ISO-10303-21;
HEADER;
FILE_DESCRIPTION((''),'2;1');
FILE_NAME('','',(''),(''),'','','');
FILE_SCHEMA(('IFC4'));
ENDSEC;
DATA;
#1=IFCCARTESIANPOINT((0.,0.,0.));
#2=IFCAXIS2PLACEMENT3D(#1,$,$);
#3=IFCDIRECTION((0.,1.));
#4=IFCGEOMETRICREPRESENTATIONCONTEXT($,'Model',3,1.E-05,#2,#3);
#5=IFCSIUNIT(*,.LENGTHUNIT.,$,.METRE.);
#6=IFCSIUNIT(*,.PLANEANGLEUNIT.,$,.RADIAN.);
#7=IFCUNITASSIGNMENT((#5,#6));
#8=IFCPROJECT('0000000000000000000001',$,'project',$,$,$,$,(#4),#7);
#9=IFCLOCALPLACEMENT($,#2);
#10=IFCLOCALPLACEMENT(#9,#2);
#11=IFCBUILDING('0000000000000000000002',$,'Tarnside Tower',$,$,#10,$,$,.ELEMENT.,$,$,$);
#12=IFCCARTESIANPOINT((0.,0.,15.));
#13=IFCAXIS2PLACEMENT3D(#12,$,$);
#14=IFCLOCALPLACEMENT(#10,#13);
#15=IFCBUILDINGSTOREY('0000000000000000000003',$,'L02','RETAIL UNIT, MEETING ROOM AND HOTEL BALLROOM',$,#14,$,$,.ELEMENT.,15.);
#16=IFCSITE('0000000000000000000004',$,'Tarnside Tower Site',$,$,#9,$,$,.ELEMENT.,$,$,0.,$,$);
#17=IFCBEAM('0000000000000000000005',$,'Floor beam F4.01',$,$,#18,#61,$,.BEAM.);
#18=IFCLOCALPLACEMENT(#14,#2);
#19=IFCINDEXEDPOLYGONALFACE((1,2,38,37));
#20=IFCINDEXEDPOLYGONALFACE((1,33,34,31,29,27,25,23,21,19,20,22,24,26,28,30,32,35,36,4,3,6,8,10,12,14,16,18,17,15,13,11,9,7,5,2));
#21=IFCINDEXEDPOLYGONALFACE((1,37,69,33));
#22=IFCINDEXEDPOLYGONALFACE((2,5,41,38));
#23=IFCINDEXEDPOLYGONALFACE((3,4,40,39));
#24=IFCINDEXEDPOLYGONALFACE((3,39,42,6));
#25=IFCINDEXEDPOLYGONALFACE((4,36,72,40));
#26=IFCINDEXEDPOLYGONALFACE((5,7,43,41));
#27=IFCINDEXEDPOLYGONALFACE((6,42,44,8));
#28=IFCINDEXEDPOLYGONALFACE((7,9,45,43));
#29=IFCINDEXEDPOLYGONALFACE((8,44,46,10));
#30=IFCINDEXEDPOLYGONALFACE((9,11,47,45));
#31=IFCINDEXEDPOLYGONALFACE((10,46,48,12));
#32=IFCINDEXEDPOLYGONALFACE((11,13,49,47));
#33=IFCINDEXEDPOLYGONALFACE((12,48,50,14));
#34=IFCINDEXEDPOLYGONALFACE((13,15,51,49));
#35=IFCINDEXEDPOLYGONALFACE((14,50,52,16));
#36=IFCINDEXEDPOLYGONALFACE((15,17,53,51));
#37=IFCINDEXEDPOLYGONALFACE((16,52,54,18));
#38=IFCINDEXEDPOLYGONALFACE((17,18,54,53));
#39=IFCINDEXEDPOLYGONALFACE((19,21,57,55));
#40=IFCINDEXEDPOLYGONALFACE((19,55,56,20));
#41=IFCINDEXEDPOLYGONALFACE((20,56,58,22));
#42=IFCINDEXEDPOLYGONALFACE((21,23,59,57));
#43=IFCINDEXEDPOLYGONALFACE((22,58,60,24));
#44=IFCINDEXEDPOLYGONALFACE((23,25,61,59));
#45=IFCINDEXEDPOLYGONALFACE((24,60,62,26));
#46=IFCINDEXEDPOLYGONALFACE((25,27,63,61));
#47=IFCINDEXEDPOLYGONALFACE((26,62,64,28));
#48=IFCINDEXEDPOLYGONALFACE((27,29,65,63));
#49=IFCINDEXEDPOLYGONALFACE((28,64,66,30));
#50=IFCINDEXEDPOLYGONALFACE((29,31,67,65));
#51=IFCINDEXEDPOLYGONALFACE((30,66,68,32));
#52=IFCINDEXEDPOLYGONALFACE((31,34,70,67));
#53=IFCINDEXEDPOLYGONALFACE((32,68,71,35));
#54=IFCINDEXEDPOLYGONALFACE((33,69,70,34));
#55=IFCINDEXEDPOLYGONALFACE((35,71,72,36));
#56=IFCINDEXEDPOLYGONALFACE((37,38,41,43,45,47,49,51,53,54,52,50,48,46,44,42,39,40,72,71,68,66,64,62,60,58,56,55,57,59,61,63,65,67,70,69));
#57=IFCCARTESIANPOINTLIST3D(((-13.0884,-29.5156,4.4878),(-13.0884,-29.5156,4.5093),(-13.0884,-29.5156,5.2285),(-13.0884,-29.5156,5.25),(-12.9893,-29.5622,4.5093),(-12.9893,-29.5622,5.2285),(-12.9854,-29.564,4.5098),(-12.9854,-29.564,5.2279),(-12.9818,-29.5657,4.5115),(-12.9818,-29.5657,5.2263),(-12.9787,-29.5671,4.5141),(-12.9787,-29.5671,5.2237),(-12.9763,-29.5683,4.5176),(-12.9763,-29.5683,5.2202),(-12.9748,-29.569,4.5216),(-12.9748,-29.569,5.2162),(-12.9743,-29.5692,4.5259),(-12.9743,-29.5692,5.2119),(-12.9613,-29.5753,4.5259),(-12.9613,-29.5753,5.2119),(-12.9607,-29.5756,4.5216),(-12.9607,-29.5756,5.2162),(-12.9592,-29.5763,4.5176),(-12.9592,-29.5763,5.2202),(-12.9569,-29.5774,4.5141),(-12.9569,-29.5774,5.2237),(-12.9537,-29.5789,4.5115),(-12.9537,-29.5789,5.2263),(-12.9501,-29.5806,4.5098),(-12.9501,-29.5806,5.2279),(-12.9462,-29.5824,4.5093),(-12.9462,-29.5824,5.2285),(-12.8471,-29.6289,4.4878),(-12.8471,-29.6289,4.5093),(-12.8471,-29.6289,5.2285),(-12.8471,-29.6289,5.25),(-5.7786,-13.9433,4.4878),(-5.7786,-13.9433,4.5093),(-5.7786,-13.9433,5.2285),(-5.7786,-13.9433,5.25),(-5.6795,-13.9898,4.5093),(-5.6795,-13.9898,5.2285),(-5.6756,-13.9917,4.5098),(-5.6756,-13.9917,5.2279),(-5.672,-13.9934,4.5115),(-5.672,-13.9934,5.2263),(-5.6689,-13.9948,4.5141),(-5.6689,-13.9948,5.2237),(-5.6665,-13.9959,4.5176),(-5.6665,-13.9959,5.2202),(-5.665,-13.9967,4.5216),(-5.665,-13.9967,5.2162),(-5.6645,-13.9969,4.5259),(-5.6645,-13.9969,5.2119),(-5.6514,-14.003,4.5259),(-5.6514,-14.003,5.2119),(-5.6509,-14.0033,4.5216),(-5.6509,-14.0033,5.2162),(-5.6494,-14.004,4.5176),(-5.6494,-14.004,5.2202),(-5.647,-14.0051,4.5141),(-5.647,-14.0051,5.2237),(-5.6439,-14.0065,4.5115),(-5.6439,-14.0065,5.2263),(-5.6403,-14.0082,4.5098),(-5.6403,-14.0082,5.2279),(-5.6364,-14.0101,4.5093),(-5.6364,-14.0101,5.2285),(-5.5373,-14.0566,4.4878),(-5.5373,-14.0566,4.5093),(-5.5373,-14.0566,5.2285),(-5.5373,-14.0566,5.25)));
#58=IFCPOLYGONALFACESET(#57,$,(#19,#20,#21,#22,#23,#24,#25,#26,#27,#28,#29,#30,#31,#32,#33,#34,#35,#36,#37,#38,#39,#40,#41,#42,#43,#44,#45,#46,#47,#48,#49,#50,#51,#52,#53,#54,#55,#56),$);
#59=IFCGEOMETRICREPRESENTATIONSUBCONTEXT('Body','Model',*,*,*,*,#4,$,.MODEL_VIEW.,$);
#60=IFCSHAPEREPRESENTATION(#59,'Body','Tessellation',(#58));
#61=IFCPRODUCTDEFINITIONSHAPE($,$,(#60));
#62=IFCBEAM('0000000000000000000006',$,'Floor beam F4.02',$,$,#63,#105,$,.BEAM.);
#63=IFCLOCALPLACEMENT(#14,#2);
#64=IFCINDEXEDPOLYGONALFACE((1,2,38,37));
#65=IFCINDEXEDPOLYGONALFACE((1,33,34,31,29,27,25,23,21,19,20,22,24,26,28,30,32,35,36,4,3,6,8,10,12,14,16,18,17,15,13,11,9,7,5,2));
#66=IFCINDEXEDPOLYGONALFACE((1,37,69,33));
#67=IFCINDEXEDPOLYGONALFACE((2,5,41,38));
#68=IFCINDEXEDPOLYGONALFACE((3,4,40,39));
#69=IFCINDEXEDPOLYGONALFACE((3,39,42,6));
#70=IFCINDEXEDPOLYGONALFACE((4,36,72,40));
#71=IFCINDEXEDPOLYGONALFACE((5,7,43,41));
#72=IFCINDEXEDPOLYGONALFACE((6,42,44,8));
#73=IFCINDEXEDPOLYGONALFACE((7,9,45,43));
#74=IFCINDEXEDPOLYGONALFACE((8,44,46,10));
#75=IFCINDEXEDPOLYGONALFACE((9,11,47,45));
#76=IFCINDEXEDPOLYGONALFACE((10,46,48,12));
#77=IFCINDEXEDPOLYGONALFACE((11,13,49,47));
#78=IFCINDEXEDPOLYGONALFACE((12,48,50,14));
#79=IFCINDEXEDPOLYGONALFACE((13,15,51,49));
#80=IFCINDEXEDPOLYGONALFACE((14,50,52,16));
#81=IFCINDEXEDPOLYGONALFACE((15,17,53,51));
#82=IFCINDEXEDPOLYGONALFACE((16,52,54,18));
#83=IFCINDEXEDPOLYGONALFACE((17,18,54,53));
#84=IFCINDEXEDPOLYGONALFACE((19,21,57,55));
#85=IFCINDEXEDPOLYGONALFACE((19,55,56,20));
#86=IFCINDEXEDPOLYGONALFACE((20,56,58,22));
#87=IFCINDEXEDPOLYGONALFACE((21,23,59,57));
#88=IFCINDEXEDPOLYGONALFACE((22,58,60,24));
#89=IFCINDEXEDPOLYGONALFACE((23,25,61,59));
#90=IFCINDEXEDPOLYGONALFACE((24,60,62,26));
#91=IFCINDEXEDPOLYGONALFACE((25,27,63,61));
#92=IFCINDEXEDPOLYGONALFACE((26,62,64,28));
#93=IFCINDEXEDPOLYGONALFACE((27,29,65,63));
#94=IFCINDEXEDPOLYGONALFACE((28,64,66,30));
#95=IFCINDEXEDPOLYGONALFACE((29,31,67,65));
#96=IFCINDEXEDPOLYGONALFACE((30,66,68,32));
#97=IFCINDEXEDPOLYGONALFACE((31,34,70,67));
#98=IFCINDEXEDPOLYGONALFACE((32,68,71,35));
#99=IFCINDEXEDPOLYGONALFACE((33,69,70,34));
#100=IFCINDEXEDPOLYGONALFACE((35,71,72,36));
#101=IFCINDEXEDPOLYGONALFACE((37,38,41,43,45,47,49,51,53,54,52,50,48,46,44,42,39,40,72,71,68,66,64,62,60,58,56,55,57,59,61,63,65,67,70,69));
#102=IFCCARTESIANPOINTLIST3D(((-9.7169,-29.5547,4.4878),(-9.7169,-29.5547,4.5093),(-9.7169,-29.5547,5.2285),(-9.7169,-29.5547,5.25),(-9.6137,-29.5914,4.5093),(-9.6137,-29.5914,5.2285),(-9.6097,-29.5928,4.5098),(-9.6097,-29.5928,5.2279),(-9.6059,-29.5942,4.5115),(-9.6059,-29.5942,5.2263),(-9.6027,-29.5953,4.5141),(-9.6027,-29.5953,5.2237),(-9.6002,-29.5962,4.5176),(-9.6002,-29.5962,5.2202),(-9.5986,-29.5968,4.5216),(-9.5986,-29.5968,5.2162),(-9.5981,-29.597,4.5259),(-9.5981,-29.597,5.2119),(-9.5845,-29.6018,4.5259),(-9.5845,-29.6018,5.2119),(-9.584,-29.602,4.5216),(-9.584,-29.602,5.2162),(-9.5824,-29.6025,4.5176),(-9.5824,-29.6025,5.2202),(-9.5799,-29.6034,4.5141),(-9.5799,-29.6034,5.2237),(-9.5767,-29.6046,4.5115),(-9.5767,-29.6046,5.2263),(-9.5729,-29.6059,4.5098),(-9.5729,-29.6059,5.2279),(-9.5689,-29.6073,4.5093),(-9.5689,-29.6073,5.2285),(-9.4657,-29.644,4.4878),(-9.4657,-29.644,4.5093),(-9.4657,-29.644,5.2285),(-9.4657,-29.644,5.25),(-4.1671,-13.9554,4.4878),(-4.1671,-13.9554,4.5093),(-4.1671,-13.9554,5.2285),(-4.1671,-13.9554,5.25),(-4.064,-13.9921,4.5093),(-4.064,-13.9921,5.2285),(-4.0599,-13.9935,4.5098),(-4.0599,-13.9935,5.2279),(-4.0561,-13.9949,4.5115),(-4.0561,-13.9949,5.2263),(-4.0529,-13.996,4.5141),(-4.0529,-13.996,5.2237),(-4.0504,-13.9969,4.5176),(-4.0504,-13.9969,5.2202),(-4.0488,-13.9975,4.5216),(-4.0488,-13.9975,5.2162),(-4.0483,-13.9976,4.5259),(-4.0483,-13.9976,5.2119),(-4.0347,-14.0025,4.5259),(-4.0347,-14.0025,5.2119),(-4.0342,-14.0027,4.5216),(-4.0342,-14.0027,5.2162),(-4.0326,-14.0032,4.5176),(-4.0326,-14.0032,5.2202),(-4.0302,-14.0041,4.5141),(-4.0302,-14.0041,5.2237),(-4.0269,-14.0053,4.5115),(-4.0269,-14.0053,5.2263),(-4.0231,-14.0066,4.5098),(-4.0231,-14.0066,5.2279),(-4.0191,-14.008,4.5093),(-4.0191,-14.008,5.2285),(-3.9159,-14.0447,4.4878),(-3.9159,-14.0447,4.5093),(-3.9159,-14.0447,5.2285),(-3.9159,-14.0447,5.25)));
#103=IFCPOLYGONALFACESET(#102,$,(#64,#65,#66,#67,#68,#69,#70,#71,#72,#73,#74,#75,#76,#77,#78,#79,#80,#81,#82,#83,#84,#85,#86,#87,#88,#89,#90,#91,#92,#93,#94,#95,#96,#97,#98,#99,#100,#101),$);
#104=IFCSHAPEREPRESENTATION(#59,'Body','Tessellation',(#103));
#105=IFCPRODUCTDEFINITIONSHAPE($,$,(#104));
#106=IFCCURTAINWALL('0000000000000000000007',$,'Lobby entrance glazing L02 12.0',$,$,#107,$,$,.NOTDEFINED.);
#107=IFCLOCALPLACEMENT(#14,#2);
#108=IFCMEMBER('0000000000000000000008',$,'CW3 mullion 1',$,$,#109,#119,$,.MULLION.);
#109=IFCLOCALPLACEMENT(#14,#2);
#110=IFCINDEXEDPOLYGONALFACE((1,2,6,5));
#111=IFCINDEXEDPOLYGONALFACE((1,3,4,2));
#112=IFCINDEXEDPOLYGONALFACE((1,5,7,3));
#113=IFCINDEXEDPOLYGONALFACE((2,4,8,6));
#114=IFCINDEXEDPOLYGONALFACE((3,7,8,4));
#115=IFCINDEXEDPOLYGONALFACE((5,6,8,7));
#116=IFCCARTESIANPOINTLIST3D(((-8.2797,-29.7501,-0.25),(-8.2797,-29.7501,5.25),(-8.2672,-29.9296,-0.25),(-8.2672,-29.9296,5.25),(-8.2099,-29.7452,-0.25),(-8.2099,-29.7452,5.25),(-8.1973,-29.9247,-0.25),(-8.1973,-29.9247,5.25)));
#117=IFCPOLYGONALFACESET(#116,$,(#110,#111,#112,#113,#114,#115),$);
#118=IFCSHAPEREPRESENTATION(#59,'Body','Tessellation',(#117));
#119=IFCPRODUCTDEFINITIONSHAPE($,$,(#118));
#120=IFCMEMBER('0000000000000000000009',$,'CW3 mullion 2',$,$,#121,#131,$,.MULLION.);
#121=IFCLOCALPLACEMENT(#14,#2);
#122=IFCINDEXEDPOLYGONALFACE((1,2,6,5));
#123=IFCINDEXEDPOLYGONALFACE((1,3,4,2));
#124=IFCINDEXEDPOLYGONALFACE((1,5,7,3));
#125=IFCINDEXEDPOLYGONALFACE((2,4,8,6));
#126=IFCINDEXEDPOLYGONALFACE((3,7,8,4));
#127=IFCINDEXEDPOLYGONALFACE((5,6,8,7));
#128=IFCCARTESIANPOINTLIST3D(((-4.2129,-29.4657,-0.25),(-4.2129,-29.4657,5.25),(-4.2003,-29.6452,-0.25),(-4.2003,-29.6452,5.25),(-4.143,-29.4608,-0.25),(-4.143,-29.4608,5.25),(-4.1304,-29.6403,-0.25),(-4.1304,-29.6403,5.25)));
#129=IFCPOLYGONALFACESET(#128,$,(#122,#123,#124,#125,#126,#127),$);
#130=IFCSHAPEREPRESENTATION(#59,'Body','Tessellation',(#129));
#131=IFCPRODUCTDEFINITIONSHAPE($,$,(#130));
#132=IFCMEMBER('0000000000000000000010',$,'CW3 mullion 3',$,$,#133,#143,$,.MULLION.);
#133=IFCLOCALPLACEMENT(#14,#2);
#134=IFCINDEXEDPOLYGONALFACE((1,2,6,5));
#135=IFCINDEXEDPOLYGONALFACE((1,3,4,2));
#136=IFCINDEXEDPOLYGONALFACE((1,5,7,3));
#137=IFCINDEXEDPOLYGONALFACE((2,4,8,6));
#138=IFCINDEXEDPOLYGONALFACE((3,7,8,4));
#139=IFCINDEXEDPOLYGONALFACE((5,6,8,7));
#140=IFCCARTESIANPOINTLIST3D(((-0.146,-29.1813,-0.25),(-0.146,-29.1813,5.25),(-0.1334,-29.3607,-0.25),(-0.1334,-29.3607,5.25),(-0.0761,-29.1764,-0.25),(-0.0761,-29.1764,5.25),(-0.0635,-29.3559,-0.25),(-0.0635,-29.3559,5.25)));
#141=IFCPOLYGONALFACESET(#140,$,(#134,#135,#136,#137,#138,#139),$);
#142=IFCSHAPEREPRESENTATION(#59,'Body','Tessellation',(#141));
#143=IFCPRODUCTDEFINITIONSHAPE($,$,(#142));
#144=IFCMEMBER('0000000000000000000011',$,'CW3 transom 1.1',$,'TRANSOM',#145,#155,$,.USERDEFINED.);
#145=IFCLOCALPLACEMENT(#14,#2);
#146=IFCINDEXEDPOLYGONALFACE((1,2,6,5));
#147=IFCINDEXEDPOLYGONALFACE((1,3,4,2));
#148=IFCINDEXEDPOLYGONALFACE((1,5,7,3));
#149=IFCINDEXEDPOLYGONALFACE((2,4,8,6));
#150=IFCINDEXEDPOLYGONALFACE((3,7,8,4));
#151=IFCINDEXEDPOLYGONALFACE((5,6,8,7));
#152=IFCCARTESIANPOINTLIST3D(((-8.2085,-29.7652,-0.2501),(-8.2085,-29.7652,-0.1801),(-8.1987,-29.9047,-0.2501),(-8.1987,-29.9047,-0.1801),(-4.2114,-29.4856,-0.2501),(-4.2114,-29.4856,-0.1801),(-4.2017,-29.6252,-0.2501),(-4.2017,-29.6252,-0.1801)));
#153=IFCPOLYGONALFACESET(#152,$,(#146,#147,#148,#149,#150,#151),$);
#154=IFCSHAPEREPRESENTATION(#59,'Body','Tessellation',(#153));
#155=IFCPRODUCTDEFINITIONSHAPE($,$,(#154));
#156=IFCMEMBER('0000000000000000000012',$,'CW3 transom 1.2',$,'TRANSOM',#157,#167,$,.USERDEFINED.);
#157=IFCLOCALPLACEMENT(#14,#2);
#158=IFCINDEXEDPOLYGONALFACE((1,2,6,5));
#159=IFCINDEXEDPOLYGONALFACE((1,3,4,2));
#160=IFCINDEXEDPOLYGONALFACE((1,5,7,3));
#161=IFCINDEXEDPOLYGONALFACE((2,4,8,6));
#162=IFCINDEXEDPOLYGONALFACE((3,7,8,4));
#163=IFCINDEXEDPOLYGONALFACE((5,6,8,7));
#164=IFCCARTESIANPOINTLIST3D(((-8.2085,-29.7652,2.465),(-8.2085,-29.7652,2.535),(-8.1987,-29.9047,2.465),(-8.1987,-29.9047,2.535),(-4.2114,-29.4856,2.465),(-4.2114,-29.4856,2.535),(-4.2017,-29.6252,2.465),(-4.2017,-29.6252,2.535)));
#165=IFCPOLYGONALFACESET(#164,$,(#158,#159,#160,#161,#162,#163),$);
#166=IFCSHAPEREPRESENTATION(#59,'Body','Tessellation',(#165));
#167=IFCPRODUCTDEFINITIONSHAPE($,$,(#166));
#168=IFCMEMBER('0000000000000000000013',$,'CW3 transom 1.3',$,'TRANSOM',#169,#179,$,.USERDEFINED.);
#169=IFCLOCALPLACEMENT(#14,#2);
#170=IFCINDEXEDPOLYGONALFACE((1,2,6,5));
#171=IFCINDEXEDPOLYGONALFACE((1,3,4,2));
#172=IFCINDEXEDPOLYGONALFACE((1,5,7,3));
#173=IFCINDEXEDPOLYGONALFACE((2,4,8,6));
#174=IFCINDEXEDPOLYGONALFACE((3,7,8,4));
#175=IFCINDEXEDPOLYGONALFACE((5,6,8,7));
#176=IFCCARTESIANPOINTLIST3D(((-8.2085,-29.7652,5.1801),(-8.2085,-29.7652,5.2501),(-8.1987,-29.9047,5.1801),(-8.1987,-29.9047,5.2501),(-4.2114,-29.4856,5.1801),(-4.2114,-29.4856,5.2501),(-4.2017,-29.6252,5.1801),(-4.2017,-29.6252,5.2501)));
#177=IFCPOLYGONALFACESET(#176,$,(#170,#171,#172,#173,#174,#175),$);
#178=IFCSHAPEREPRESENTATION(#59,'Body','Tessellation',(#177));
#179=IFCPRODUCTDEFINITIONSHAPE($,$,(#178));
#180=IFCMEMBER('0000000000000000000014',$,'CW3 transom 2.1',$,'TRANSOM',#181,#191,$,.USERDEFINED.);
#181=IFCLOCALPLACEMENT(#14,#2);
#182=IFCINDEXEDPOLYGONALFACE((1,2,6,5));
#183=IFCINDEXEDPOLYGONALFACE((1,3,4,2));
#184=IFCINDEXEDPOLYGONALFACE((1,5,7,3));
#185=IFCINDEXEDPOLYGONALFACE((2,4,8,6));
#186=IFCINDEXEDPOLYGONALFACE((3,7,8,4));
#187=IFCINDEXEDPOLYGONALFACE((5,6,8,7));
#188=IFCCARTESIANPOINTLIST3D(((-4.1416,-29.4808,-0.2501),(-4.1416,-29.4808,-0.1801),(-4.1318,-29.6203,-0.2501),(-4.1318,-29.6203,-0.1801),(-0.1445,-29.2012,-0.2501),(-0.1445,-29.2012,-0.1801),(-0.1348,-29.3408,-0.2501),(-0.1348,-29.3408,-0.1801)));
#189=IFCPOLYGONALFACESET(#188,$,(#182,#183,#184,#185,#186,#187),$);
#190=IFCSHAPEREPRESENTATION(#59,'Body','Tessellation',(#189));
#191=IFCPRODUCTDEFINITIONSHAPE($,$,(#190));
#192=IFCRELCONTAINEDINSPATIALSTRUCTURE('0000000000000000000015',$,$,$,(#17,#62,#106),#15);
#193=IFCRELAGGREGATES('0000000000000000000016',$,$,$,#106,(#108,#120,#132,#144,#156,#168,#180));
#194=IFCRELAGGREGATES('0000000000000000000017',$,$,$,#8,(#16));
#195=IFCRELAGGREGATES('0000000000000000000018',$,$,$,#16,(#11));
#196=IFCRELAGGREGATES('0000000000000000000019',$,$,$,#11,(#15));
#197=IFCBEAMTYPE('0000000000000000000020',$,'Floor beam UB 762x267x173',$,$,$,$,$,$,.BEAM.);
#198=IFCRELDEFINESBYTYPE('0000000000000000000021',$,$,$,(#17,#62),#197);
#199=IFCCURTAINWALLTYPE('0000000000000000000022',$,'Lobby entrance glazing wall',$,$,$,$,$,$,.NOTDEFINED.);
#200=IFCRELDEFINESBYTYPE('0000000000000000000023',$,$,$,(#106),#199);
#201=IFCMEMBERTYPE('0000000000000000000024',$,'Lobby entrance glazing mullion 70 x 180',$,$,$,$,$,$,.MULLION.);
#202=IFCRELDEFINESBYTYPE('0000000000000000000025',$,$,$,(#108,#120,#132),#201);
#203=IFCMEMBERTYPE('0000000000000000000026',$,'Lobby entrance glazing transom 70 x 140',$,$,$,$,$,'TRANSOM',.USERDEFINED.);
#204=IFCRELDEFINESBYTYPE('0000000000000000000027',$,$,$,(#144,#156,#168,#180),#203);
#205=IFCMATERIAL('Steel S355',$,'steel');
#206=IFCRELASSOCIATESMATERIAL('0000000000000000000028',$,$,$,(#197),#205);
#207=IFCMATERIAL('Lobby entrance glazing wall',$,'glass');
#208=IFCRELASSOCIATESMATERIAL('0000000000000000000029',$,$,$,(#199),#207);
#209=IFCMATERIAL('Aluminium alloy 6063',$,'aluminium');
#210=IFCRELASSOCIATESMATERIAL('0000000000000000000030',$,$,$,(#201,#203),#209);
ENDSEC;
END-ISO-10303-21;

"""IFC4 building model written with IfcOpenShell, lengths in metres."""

from ifc_helpers import new_model, si_unit, direction, frame, origin, origin_2d, place, context, subcontext, project, spatial, rectangle, i_section, extrude, material, material_profile, profile_set, type_object, element, aggregate, save


model = new_model("IFC4")

# Units and contexts
model_context = context("Model", 3, precision=1e-05, world=origin(), true_north=direction((0.0, 1.0)))
body_context = subcontext(model_context, "Body", "Model", "MODEL_VIEW")
ifc_project = project(units=[si_unit("LENGTHUNIT", "METRE"), si_unit("PLANEANGLEUNIT", "RADIAN")], contexts=[model_context])

# Site, building, storey
site_placement = place(None, origin())
site = spatial("IfcSite", under=ifc_project, at=site_placement, Name="Tarnside Tower Site", CompositionType="ELEMENT", RefElevation=0.0)
building_placement = place(site_placement, origin())
building = spatial("IfcBuilding", under=site, at=building_placement, Name="Tarnside Tower", CompositionType="ELEMENT")
storey_placement = place(building_placement, frame((0.0, 0.0, 15.0)))
storey = spatial("IfcBuildingStorey", under=building, at=storey_placement, Name="L02", Description="RETAIL UNIT, MEETING ROOM AND HOTEL BALLROOM", CompositionType="ELEMENT", Elevation=15.0)

# Beams
ifc_material_1 = material(Name="Steel S355", Category="steel")
ifc_material_profile_1 = material_profile(ifc_material_1, i_section(OverallWidth=0.2666, OverallDepth=0.7622, WebThickness=0.0144, FlangeThickness=0.0215, FilletRadius=0.0166, at=origin_2d()), Name="UB 762x267x173")
ifc_profile_set_1 = profile_set([ifc_material_profile_1], Name="Steel S355")
beam_type_1 = type_object("IfcBeamType", Name="Floor beam UB 762x267x173", PredefinedType="BEAM", material=ifc_profile_set_1)
beam_1_placement = place(storey_placement, frame((-12.9678, -29.5723, 4.8689), z_axis=(0.424925, 0.905228, 0.0), x_axis=(-0.905228, 0.424925, 0.0)))
element("IfcBeam", 1, at=beam_1_placement, inside=storey, type_object=beam_type_1, Name="Floor beam F4.01", PredefinedType="BEAM", context=body_context, shape_type="SweptSolid", body=[
    extrude(i_section(OverallWidth=0.2666, OverallDepth=0.7622, WebThickness=0.0144, FlangeThickness=0.0215, FilletRadius=0.0166, at=origin_2d()), origin(), (0.0, 0.0, 1.0), 17.2026),
])
beam_2_placement = place(storey_placement, frame((-9.5913, -29.5994, 4.8689), z_axis=(0.33519, 0.942151, 0.0), x_axis=(-0.942151, 0.33519, 0.0)))
element("IfcBeam", 2, at=beam_2_placement, inside=storey, type_object=beam_type_1, Name="Floor beam F4.02", PredefinedType="BEAM", context=body_context, shape_type="SweptSolid", body=[
    extrude(i_section(OverallWidth=0.2666, OverallDepth=0.7622, WebThickness=0.0144, FlangeThickness=0.0215, FilletRadius=0.0166, at=origin_2d()), origin(), (0.0, 0.0, 1.0), 16.5571),
])

# Curtain wall, members
ifc_material_2 = material(Name="Lobby entrance glazing wall", Category="glass")
curtain_wall_type_1 = type_object("IfcCurtainWallType", Name="Lobby entrance glazing wall", PredefinedType="NOTDEFINED", material=ifc_material_2)
curtain_wall_1_placement = place(storey_placement, origin())
curtain_wall_1 = element("IfcCurtainWall", 3, at=curtain_wall_1_placement, inside=storey, type_object=curtain_wall_type_1, Name="Lobby entrance glazing L02 12.0", PredefinedType="NOTDEFINED")
ifc_material_3 = material(Name="Aluminium alloy 6063", Category="aluminium")
ifc_material_profile_2 = material_profile(ifc_material_3, rectangle(XDim=0.1799, YDim=0.0701, at=origin_2d()), Name="Lobby entrance glazing mullion 70 x 180")
ifc_profile_set_2 = profile_set([ifc_material_profile_2], Name="Aluminium alloy 6063")
member_type_1 = type_object("IfcMemberType", Name="Lobby entrance glazing mullion 70 x 180", PredefinedType="MULLION", material=ifc_profile_set_2)
member_1_placement = place(storey_placement, frame((-8.2385, -29.8374, -0.25), z_axis=(0.0, 0.0, 1.0), x_axis=(-0.069756, 0.997564, 0.0)))
member_1 = element("IfcMember", 4, at=member_1_placement, type_object=member_type_1, Name="CW3 mullion 1", PredefinedType="MULLION", context=body_context, shape_type="SweptSolid", body=[
    extrude(rectangle(XDim=0.1799, YDim=0.0701, at=origin_2d()), origin(), (0.0, 0.0, 1.0), 5.5),
])
member_2_placement = place(storey_placement, frame((-4.1716, -29.553, -0.25), z_axis=(0.0, 0.0, 1.0), x_axis=(-0.069756, 0.997564, 0.0)))
member_2 = element("IfcMember", 5, at=member_2_placement, type_object=member_type_1, Name="CW3 mullion 2", PredefinedType="MULLION", context=body_context, shape_type="SweptSolid", body=[
    extrude(rectangle(XDim=0.1799, YDim=0.0701, at=origin_2d()), origin(), (0.0, 0.0, 1.0), 5.5),
])
member_3_placement = place(storey_placement, frame((-0.1047, -29.2686, -0.25), z_axis=(0.0, 0.0, 1.0), x_axis=(-0.069756, 0.997564, 0.0)))
member_3 = element("IfcMember", 6, at=member_3_placement, type_object=member_type_1, Name="CW3 mullion 3", PredefinedType="MULLION", context=body_context, shape_type="SweptSolid", body=[
    extrude(rectangle(XDim=0.1799, YDim=0.0701, at=origin_2d()), origin(), (0.0, 0.0, 1.0), 5.5),
])
ifc_material_profile_3 = material_profile(ifc_material_3, rectangle(XDim=0.1399, YDim=0.0701, at=origin_2d()), Name="Lobby entrance glazing transom 70 x 140")
ifc_profile_set_3 = profile_set([ifc_material_profile_3], Name="Aluminium alloy 6063")
member_type_2 = type_object("IfcMemberType", Name="Lobby entrance glazing transom 70 x 140", ElementType="TRANSOM", PredefinedType="USERDEFINED", material=ifc_profile_set_3)
member_4_placement = place(storey_placement, frame((-8.2036, -29.835, -0.2151), z_axis=(0.997563, 0.069766, 0.0), x_axis=(-0.069766, 0.997563, 0.0)))
member_4 = element("IfcMember", 7, at=member_4_placement, type_object=member_type_2, Name="CW3 transom 1.1", ObjectType="TRANSOM", PredefinedType="USERDEFINED", context=body_context, shape_type="SweptSolid", body=[
    extrude(rectangle(XDim=0.1399, YDim=0.0701, at=origin_2d()), origin(), (0.0, 0.0, 1.0), 4.0068),
])
member_5_placement = place(storey_placement, frame((-8.2036, -29.835, 2.5), z_axis=(0.997563, 0.069766, 0.0), x_axis=(-0.069766, 0.997563, 0.0)))
member_5 = element("IfcMember", 8, at=member_5_placement, type_object=member_type_2, Name="CW3 transom 1.2", ObjectType="TRANSOM", PredefinedType="USERDEFINED", context=body_context, shape_type="SweptSolid", body=[
    extrude(rectangle(XDim=0.1399, YDim=0.0701, at=origin_2d()), origin(), (0.0, 0.0, 1.0), 4.0068),
])
member_6_placement = place(storey_placement, frame((-8.2036, -29.835, 5.2151), z_axis=(0.997563, 0.069766, 0.0), x_axis=(-0.069766, 0.997563, 0.0)))
member_6 = element("IfcMember", 9, at=member_6_placement, type_object=member_type_2, Name="CW3 transom 1.3", ObjectType="TRANSOM", PredefinedType="USERDEFINED", context=body_context, shape_type="SweptSolid", body=[
    extrude(rectangle(XDim=0.1399, YDim=0.0701, at=origin_2d()), origin(), (0.0, 0.0, 1.0), 4.0068),
])
member_7_placement = place(storey_placement, frame((-4.1367, -29.5505, -0.2151), z_axis=(0.997563, 0.069766, 0.0), x_axis=(-0.069766, 0.997563, 0.0)))
member_7 = element("IfcMember", 10, at=member_7_placement, type_object=member_type_2, Name="CW3 transom 2.1", ObjectType="TRANSOM", PredefinedType="USERDEFINED", context=body_context, shape_type="SweptSolid", body=[
    extrude(rectangle(XDim=0.1399, YDim=0.0701, at=origin_2d()), origin(), (0.0, 0.0, 1.0), 4.0068),
])

aggregate(curtain_wall_1, [member_1, member_2, member_3, member_4, member_5, member_6, member_7])

save(model, "model.ifc")
